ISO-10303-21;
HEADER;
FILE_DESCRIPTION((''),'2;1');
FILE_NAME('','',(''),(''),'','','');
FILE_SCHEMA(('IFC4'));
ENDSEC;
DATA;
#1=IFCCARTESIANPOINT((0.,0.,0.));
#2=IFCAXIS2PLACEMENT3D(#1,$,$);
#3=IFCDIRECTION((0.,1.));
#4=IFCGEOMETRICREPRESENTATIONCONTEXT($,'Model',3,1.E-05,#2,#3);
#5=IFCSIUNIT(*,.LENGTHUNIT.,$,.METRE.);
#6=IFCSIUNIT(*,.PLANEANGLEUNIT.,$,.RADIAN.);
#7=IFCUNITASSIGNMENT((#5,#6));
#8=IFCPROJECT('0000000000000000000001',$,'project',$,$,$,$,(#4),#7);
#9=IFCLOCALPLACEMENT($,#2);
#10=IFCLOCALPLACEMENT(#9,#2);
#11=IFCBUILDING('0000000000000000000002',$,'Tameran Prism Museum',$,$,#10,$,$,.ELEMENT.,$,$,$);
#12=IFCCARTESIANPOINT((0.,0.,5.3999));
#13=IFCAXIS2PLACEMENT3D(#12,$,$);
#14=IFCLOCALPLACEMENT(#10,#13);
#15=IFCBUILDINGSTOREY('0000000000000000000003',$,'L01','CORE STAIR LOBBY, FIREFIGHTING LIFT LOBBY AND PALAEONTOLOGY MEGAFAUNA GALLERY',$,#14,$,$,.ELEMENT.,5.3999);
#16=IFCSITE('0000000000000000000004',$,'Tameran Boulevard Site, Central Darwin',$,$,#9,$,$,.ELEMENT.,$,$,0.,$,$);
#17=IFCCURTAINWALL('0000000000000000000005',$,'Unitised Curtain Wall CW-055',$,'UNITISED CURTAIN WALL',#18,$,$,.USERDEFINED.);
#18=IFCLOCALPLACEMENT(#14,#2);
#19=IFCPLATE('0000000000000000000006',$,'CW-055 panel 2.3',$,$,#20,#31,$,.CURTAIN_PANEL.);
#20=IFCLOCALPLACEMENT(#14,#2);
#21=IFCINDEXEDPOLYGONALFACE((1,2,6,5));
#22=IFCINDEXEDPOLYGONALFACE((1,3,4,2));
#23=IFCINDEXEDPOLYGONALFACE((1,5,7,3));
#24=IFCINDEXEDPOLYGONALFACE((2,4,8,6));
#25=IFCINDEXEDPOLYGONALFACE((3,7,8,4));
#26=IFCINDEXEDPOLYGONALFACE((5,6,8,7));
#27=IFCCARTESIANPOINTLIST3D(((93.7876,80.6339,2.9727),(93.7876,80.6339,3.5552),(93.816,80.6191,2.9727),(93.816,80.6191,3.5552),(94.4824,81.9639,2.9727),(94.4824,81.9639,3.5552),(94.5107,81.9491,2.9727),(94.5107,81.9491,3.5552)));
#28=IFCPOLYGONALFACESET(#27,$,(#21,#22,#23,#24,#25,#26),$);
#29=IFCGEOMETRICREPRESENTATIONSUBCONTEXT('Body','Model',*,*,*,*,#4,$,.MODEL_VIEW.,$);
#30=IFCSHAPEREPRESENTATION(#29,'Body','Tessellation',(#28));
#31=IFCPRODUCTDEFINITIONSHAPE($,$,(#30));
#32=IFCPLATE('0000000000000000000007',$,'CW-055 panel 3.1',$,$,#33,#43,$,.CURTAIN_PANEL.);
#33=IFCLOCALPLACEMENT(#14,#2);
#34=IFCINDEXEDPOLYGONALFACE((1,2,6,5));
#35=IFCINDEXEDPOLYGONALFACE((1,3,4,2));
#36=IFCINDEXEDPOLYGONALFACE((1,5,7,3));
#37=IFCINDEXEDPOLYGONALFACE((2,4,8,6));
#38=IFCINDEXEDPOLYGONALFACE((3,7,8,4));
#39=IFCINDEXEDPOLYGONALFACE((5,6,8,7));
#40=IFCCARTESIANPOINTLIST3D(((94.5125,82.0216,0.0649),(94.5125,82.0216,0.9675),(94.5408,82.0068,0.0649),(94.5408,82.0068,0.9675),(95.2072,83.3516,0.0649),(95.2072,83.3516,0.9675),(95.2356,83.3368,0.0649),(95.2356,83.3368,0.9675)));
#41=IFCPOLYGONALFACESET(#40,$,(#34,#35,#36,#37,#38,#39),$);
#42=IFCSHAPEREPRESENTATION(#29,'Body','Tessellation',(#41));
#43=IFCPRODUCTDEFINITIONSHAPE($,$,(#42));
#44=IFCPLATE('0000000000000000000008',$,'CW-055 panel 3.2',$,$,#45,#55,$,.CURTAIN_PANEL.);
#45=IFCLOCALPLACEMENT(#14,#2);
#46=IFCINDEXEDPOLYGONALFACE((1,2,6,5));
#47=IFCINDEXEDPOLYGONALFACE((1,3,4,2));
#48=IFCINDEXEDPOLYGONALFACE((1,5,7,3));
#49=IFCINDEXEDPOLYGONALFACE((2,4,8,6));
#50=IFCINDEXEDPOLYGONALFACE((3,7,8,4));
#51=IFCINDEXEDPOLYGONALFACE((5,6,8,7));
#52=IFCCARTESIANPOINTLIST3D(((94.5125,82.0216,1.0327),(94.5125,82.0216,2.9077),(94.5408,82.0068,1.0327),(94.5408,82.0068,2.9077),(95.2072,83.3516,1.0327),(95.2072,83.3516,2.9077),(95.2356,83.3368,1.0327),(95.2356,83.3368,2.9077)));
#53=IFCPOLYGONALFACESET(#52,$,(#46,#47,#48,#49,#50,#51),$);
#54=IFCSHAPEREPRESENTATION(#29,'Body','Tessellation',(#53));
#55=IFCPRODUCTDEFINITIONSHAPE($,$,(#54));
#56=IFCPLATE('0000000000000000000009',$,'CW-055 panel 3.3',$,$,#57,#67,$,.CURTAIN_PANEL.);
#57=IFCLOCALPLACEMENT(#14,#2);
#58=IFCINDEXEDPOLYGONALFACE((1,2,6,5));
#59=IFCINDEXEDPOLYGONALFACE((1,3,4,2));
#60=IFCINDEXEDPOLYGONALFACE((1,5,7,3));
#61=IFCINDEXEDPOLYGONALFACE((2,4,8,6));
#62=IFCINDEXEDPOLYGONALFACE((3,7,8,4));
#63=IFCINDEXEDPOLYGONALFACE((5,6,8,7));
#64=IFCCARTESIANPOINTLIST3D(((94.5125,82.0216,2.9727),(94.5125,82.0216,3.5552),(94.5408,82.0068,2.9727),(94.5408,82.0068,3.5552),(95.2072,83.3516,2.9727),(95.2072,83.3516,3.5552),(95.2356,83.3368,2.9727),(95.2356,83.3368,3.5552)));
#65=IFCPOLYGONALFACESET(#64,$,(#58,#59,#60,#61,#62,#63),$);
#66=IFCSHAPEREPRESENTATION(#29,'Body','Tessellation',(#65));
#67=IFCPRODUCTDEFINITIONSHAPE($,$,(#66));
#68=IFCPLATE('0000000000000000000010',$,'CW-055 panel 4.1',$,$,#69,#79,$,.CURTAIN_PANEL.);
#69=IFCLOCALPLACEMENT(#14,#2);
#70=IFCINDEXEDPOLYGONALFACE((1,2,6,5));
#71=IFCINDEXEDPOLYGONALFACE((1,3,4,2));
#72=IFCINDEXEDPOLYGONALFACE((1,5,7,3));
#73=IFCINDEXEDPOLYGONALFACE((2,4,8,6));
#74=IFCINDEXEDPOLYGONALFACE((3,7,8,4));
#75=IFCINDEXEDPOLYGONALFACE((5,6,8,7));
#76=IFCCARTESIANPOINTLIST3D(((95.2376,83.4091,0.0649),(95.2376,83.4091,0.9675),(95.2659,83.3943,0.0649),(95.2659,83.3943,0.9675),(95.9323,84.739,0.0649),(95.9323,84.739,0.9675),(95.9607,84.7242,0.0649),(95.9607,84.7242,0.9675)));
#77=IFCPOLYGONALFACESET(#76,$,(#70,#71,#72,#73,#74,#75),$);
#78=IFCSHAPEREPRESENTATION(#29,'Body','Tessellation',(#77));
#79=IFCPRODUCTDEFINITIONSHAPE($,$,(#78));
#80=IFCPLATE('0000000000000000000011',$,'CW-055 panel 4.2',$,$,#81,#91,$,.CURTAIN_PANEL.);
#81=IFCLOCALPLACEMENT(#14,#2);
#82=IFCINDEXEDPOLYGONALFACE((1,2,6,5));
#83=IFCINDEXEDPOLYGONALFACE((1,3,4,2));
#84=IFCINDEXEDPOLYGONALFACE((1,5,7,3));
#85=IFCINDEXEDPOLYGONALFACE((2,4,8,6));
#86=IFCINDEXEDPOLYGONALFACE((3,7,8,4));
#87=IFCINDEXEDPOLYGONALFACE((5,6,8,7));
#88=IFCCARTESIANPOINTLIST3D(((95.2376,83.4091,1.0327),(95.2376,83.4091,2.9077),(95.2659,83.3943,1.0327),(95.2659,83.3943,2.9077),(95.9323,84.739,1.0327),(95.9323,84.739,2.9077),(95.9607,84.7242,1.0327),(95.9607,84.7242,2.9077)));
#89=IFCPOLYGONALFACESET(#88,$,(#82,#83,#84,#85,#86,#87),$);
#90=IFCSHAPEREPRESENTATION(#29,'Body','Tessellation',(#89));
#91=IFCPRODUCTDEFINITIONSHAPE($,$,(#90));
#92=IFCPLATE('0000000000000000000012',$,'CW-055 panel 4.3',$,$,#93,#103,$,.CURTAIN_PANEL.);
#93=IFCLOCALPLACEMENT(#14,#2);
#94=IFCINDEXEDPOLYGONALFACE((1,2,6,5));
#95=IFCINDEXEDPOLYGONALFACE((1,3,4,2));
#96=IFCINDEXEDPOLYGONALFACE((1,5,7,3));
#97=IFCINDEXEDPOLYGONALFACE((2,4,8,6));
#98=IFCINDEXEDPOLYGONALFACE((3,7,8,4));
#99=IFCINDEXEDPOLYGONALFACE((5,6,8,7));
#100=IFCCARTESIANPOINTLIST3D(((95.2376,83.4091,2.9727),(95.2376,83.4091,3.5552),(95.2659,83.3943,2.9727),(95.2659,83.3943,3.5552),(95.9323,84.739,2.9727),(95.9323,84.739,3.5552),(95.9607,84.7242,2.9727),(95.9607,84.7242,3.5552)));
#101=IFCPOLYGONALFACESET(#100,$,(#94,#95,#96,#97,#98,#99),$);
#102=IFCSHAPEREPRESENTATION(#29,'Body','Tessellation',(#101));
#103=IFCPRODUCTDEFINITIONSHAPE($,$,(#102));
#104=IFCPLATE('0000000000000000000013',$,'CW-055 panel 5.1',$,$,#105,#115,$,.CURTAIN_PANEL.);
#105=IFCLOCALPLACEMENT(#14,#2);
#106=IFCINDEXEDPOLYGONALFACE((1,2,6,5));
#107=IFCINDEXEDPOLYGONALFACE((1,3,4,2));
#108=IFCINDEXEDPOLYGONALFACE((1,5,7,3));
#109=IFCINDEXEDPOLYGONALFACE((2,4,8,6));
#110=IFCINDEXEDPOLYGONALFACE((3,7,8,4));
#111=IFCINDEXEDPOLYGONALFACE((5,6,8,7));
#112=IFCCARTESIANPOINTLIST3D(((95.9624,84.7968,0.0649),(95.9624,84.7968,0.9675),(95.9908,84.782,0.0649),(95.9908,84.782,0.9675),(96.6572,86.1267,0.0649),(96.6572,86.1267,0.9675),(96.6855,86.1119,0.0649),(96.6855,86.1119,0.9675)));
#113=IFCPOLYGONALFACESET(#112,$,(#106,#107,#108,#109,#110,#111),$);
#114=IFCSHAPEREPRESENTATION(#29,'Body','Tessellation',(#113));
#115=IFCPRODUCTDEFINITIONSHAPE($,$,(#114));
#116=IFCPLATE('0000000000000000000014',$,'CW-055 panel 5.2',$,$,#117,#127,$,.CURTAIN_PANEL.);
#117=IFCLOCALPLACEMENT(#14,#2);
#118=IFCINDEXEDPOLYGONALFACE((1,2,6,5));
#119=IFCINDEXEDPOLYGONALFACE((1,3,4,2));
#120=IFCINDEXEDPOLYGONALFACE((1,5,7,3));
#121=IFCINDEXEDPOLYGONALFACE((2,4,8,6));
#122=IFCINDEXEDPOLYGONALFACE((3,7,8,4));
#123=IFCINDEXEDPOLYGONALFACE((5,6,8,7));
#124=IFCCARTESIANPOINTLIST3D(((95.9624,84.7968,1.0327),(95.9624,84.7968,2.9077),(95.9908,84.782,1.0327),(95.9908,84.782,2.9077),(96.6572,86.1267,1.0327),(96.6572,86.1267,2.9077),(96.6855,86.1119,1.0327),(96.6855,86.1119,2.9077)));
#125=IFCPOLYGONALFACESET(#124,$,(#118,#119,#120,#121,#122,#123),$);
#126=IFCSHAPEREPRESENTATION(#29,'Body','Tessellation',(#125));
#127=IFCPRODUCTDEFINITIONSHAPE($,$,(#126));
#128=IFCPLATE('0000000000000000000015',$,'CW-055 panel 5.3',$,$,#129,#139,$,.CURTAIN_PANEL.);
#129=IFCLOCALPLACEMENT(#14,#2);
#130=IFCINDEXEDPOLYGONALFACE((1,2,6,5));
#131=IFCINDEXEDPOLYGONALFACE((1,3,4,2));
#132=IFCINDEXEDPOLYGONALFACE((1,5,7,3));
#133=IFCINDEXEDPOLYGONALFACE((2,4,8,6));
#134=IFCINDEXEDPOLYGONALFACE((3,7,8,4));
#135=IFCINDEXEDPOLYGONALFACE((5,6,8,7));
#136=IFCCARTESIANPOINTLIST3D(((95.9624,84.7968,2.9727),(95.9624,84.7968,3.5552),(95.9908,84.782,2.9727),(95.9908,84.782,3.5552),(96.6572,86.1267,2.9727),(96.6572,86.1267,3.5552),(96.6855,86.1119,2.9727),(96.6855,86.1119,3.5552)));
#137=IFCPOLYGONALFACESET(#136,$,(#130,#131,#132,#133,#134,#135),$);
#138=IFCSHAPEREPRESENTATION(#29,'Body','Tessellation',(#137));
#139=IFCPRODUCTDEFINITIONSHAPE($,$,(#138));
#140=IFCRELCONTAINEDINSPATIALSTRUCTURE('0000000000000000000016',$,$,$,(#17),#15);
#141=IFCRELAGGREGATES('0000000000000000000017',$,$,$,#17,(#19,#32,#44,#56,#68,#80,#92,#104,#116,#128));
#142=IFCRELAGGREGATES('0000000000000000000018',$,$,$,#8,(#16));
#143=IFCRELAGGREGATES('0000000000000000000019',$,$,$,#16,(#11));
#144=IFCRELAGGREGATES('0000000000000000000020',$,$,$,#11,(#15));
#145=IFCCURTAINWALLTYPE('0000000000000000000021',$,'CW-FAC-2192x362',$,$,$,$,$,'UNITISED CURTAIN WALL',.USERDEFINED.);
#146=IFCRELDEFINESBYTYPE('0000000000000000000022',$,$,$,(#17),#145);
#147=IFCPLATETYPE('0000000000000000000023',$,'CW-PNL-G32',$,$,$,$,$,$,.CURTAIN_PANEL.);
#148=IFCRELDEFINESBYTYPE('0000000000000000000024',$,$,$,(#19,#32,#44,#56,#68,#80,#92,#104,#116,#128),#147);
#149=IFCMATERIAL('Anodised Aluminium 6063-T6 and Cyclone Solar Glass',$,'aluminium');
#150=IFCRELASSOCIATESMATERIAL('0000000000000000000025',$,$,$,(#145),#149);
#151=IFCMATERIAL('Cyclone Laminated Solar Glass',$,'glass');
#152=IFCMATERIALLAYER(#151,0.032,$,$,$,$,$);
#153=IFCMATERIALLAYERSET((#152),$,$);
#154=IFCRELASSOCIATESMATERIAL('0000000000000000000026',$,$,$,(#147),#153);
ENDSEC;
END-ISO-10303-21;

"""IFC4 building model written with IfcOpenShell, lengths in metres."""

from ifc_helpers import new_model, si_unit, direction, frame, origin, origin_2d, place, context, subcontext, project, spatial, rectangle, extrude, material, layer, layer_set, type_object, element, aggregate, save


model = new_model("IFC4")

# Units and contexts
model_context = context("Model", 3, precision=1e-05, world=origin(), true_north=direction((0.0, 1.0)))
body_context = subcontext(model_context, "Body", "Model", "MODEL_VIEW")
ifc_project = project(units=[si_unit("LENGTHUNIT", "METRE"), si_unit("PLANEANGLEUNIT", "RADIAN")], contexts=[model_context])

# Site, building, storey
site_placement = place(None, origin())
site = spatial("IfcSite", under=ifc_project, at=site_placement, Name="Tameran Boulevard Site, Central Darwin", CompositionType="ELEMENT", RefElevation=0.0)
building_placement = place(site_placement, origin())
building = spatial("IfcBuilding", under=site, at=building_placement, Name="Tameran Prism Museum", CompositionType="ELEMENT")
storey_placement = place(building_placement, frame((0.0, 0.0, 5.3999)))
storey = spatial("IfcBuildingStorey", under=building, at=storey_placement, Name="L01", Description="CORE STAIR LOBBY, FIREFIGHTING LIFT LOBBY AND PALAEONTOLOGY MEGAFAUNA GALLERY", CompositionType="ELEMENT", Elevation=5.3999)

# Curtain wall, plates
ifc_material_1 = material(Name="Anodised Aluminium 6063-T6 and Cyclone Solar Glass", Category="aluminium")
curtain_wall_type = type_object("IfcCurtainWallType", Name="CW-FAC-2192x362", ElementType="UNITISED CURTAIN WALL", PredefinedType="USERDEFINED", material=ifc_material_1)
curtain_wall_placement = place(storey_placement, origin())
curtain_wall = element("IfcCurtainWall", 1, at=curtain_wall_placement, inside=storey, type_object=curtain_wall_type, Name="Unitised Curtain Wall CW-055", ObjectType="UNITISED CURTAIN WALL", PredefinedType="USERDEFINED")
ifc_material_2 = material(Name="Cyclone Laminated Solar Glass", Category="glass")
ifc_layer = layer(ifc_material_2, 0.032)
ifc_layer_set = layer_set([ifc_layer])
plate_type = type_object("IfcPlateType", Name="CW-PNL-G32", PredefinedType="CURTAIN_PANEL", material=ifc_layer_set)
plate_1_placement = place(storey_placement, frame((94.1492, 81.2915, 2.9727), z_axis=(0.0, 0.0, 1.0), x_axis=(0.463003, 0.886357, 0.0)))
plate_1 = element("IfcPlate", 2, at=plate_1_placement, type_object=plate_type, Name="CW-055 panel 2.3", PredefinedType="CURTAIN_PANEL", context=body_context, shape_type="SweptSolid", body=[
    extrude(rectangle(XDim=1.5005, YDim=0.032, at=origin_2d()), origin(), (0.0, 0.0, 1.0), 0.5825),
])
plate_2_placement = place(storey_placement, frame((94.874, 82.6792, 0.0649), z_axis=(0.0, 0.0, 1.0), x_axis=(0.463003, 0.886357, 0.0)))
plate_2 = element("IfcPlate", 3, at=plate_2_placement, type_object=plate_type, Name="CW-055 panel 3.1", PredefinedType="CURTAIN_PANEL", context=body_context, shape_type="SweptSolid", body=[
    extrude(rectangle(XDim=1.5005, YDim=0.032, at=origin_2d()), origin(), (0.0, 0.0, 1.0), 0.9026),
])
plate_3_placement = place(storey_placement, frame((94.874, 82.6792, 1.0327), z_axis=(0.0, 0.0, 1.0), x_axis=(0.463003, 0.886357, 0.0)))
plate_3 = element("IfcPlate", 4, at=plate_3_placement, type_object=plate_type, Name="CW-055 panel 3.2", PredefinedType="CURTAIN_PANEL", context=body_context, shape_type="SweptSolid", body=[
    extrude(rectangle(XDim=1.5005, YDim=0.032, at=origin_2d()), origin(), (0.0, 0.0, 1.0), 1.875),
])
plate_4_placement = place(storey_placement, frame((94.874, 82.6792, 2.9727), z_axis=(0.0, 0.0, 1.0), x_axis=(0.463003, 0.886357, 0.0)))
plate_4 = element("IfcPlate", 5, at=plate_4_placement, type_object=plate_type, Name="CW-055 panel 3.3", PredefinedType="CURTAIN_PANEL", context=body_context, shape_type="SweptSolid", body=[
    extrude(rectangle(XDim=1.5005, YDim=0.032, at=origin_2d()), origin(), (0.0, 0.0, 1.0), 0.5825),
])
plate_5_placement = place(storey_placement, frame((95.5991, 84.0667, 0.0649), z_axis=(0.0, 0.0, 1.0), x_axis=(0.463003, 0.886357, 0.0)))
plate_5 = element("IfcPlate", 6, at=plate_5_placement, type_object=plate_type, Name="CW-055 panel 4.1", PredefinedType="CURTAIN_PANEL", context=body_context, shape_type="SweptSolid", body=[
    extrude(rectangle(XDim=1.5005, YDim=0.032, at=origin_2d()), origin(), (0.0, 0.0, 1.0), 0.9026),
])
plate_6_placement = place(storey_placement, frame((95.5991, 84.0667, 1.0327), z_axis=(0.0, 0.0, 1.0), x_axis=(0.463003, 0.886357, 0.0)))
plate_6 = element("IfcPlate", 7, at=plate_6_placement, type_object=plate_type, Name="CW-055 panel 4.2", PredefinedType="CURTAIN_PANEL", context=body_context, shape_type="SweptSolid", body=[
    extrude(rectangle(XDim=1.5005, YDim=0.032, at=origin_2d()), origin(), (0.0, 0.0, 1.0), 1.875),
])
plate_7_placement = place(storey_placement, frame((95.5991, 84.0667, 2.9727), z_axis=(0.0, 0.0, 1.0), x_axis=(0.463003, 0.886357, 0.0)))
plate_7 = element("IfcPlate", 8, at=plate_7_placement, type_object=plate_type, Name="CW-055 panel 4.3", PredefinedType="CURTAIN_PANEL", context=body_context, shape_type="SweptSolid", body=[
    extrude(rectangle(XDim=1.5005, YDim=0.032, at=origin_2d()), origin(), (0.0, 0.0, 1.0), 0.5825),
])
plate_8_placement = place(storey_placement, frame((96.324, 85.4543, 0.0649), z_axis=(0.0, 0.0, 1.0), x_axis=(0.463003, 0.886357, 0.0)))
plate_8 = element("IfcPlate", 9, at=plate_8_placement, type_object=plate_type, Name="CW-055 panel 5.1", PredefinedType="CURTAIN_PANEL", context=body_context, shape_type="SweptSolid", body=[
    extrude(rectangle(XDim=1.5005, YDim=0.032, at=origin_2d()), origin(), (0.0, 0.0, 1.0), 0.9026),
])
plate_9_placement = place(storey_placement, frame((96.324, 85.4543, 1.0327), z_axis=(0.0, 0.0, 1.0), x_axis=(0.463003, 0.886357, 0.0)))
plate_9 = element("IfcPlate", 10, at=plate_9_placement, type_object=plate_type, Name="CW-055 panel 5.2", PredefinedType="CURTAIN_PANEL", context=body_context, shape_type="SweptSolid", body=[
    extrude(rectangle(XDim=1.5005, YDim=0.032, at=origin_2d()), origin(), (0.0, 0.0, 1.0), 1.875),
])
plate_10_placement = place(storey_placement, frame((96.324, 85.4543, 2.9727), z_axis=(0.0, 0.0, 1.0), x_axis=(0.463003, 0.886357, 0.0)))
plate_10 = element("IfcPlate", 11, at=plate_10_placement, type_object=plate_type, Name="CW-055 panel 5.3", PredefinedType="CURTAIN_PANEL", context=body_context, shape_type="SweptSolid", body=[
    extrude(rectangle(XDim=1.5005, YDim=0.032, at=origin_2d()), origin(), (0.0, 0.0, 1.0), 0.5825),
])
aggregate(curtain_wall, [plate_1, plate_2, plate_3, plate_4, plate_5, plate_6, plate_7, plate_8, plate_9, plate_10])

save(model, "model.ifc")
